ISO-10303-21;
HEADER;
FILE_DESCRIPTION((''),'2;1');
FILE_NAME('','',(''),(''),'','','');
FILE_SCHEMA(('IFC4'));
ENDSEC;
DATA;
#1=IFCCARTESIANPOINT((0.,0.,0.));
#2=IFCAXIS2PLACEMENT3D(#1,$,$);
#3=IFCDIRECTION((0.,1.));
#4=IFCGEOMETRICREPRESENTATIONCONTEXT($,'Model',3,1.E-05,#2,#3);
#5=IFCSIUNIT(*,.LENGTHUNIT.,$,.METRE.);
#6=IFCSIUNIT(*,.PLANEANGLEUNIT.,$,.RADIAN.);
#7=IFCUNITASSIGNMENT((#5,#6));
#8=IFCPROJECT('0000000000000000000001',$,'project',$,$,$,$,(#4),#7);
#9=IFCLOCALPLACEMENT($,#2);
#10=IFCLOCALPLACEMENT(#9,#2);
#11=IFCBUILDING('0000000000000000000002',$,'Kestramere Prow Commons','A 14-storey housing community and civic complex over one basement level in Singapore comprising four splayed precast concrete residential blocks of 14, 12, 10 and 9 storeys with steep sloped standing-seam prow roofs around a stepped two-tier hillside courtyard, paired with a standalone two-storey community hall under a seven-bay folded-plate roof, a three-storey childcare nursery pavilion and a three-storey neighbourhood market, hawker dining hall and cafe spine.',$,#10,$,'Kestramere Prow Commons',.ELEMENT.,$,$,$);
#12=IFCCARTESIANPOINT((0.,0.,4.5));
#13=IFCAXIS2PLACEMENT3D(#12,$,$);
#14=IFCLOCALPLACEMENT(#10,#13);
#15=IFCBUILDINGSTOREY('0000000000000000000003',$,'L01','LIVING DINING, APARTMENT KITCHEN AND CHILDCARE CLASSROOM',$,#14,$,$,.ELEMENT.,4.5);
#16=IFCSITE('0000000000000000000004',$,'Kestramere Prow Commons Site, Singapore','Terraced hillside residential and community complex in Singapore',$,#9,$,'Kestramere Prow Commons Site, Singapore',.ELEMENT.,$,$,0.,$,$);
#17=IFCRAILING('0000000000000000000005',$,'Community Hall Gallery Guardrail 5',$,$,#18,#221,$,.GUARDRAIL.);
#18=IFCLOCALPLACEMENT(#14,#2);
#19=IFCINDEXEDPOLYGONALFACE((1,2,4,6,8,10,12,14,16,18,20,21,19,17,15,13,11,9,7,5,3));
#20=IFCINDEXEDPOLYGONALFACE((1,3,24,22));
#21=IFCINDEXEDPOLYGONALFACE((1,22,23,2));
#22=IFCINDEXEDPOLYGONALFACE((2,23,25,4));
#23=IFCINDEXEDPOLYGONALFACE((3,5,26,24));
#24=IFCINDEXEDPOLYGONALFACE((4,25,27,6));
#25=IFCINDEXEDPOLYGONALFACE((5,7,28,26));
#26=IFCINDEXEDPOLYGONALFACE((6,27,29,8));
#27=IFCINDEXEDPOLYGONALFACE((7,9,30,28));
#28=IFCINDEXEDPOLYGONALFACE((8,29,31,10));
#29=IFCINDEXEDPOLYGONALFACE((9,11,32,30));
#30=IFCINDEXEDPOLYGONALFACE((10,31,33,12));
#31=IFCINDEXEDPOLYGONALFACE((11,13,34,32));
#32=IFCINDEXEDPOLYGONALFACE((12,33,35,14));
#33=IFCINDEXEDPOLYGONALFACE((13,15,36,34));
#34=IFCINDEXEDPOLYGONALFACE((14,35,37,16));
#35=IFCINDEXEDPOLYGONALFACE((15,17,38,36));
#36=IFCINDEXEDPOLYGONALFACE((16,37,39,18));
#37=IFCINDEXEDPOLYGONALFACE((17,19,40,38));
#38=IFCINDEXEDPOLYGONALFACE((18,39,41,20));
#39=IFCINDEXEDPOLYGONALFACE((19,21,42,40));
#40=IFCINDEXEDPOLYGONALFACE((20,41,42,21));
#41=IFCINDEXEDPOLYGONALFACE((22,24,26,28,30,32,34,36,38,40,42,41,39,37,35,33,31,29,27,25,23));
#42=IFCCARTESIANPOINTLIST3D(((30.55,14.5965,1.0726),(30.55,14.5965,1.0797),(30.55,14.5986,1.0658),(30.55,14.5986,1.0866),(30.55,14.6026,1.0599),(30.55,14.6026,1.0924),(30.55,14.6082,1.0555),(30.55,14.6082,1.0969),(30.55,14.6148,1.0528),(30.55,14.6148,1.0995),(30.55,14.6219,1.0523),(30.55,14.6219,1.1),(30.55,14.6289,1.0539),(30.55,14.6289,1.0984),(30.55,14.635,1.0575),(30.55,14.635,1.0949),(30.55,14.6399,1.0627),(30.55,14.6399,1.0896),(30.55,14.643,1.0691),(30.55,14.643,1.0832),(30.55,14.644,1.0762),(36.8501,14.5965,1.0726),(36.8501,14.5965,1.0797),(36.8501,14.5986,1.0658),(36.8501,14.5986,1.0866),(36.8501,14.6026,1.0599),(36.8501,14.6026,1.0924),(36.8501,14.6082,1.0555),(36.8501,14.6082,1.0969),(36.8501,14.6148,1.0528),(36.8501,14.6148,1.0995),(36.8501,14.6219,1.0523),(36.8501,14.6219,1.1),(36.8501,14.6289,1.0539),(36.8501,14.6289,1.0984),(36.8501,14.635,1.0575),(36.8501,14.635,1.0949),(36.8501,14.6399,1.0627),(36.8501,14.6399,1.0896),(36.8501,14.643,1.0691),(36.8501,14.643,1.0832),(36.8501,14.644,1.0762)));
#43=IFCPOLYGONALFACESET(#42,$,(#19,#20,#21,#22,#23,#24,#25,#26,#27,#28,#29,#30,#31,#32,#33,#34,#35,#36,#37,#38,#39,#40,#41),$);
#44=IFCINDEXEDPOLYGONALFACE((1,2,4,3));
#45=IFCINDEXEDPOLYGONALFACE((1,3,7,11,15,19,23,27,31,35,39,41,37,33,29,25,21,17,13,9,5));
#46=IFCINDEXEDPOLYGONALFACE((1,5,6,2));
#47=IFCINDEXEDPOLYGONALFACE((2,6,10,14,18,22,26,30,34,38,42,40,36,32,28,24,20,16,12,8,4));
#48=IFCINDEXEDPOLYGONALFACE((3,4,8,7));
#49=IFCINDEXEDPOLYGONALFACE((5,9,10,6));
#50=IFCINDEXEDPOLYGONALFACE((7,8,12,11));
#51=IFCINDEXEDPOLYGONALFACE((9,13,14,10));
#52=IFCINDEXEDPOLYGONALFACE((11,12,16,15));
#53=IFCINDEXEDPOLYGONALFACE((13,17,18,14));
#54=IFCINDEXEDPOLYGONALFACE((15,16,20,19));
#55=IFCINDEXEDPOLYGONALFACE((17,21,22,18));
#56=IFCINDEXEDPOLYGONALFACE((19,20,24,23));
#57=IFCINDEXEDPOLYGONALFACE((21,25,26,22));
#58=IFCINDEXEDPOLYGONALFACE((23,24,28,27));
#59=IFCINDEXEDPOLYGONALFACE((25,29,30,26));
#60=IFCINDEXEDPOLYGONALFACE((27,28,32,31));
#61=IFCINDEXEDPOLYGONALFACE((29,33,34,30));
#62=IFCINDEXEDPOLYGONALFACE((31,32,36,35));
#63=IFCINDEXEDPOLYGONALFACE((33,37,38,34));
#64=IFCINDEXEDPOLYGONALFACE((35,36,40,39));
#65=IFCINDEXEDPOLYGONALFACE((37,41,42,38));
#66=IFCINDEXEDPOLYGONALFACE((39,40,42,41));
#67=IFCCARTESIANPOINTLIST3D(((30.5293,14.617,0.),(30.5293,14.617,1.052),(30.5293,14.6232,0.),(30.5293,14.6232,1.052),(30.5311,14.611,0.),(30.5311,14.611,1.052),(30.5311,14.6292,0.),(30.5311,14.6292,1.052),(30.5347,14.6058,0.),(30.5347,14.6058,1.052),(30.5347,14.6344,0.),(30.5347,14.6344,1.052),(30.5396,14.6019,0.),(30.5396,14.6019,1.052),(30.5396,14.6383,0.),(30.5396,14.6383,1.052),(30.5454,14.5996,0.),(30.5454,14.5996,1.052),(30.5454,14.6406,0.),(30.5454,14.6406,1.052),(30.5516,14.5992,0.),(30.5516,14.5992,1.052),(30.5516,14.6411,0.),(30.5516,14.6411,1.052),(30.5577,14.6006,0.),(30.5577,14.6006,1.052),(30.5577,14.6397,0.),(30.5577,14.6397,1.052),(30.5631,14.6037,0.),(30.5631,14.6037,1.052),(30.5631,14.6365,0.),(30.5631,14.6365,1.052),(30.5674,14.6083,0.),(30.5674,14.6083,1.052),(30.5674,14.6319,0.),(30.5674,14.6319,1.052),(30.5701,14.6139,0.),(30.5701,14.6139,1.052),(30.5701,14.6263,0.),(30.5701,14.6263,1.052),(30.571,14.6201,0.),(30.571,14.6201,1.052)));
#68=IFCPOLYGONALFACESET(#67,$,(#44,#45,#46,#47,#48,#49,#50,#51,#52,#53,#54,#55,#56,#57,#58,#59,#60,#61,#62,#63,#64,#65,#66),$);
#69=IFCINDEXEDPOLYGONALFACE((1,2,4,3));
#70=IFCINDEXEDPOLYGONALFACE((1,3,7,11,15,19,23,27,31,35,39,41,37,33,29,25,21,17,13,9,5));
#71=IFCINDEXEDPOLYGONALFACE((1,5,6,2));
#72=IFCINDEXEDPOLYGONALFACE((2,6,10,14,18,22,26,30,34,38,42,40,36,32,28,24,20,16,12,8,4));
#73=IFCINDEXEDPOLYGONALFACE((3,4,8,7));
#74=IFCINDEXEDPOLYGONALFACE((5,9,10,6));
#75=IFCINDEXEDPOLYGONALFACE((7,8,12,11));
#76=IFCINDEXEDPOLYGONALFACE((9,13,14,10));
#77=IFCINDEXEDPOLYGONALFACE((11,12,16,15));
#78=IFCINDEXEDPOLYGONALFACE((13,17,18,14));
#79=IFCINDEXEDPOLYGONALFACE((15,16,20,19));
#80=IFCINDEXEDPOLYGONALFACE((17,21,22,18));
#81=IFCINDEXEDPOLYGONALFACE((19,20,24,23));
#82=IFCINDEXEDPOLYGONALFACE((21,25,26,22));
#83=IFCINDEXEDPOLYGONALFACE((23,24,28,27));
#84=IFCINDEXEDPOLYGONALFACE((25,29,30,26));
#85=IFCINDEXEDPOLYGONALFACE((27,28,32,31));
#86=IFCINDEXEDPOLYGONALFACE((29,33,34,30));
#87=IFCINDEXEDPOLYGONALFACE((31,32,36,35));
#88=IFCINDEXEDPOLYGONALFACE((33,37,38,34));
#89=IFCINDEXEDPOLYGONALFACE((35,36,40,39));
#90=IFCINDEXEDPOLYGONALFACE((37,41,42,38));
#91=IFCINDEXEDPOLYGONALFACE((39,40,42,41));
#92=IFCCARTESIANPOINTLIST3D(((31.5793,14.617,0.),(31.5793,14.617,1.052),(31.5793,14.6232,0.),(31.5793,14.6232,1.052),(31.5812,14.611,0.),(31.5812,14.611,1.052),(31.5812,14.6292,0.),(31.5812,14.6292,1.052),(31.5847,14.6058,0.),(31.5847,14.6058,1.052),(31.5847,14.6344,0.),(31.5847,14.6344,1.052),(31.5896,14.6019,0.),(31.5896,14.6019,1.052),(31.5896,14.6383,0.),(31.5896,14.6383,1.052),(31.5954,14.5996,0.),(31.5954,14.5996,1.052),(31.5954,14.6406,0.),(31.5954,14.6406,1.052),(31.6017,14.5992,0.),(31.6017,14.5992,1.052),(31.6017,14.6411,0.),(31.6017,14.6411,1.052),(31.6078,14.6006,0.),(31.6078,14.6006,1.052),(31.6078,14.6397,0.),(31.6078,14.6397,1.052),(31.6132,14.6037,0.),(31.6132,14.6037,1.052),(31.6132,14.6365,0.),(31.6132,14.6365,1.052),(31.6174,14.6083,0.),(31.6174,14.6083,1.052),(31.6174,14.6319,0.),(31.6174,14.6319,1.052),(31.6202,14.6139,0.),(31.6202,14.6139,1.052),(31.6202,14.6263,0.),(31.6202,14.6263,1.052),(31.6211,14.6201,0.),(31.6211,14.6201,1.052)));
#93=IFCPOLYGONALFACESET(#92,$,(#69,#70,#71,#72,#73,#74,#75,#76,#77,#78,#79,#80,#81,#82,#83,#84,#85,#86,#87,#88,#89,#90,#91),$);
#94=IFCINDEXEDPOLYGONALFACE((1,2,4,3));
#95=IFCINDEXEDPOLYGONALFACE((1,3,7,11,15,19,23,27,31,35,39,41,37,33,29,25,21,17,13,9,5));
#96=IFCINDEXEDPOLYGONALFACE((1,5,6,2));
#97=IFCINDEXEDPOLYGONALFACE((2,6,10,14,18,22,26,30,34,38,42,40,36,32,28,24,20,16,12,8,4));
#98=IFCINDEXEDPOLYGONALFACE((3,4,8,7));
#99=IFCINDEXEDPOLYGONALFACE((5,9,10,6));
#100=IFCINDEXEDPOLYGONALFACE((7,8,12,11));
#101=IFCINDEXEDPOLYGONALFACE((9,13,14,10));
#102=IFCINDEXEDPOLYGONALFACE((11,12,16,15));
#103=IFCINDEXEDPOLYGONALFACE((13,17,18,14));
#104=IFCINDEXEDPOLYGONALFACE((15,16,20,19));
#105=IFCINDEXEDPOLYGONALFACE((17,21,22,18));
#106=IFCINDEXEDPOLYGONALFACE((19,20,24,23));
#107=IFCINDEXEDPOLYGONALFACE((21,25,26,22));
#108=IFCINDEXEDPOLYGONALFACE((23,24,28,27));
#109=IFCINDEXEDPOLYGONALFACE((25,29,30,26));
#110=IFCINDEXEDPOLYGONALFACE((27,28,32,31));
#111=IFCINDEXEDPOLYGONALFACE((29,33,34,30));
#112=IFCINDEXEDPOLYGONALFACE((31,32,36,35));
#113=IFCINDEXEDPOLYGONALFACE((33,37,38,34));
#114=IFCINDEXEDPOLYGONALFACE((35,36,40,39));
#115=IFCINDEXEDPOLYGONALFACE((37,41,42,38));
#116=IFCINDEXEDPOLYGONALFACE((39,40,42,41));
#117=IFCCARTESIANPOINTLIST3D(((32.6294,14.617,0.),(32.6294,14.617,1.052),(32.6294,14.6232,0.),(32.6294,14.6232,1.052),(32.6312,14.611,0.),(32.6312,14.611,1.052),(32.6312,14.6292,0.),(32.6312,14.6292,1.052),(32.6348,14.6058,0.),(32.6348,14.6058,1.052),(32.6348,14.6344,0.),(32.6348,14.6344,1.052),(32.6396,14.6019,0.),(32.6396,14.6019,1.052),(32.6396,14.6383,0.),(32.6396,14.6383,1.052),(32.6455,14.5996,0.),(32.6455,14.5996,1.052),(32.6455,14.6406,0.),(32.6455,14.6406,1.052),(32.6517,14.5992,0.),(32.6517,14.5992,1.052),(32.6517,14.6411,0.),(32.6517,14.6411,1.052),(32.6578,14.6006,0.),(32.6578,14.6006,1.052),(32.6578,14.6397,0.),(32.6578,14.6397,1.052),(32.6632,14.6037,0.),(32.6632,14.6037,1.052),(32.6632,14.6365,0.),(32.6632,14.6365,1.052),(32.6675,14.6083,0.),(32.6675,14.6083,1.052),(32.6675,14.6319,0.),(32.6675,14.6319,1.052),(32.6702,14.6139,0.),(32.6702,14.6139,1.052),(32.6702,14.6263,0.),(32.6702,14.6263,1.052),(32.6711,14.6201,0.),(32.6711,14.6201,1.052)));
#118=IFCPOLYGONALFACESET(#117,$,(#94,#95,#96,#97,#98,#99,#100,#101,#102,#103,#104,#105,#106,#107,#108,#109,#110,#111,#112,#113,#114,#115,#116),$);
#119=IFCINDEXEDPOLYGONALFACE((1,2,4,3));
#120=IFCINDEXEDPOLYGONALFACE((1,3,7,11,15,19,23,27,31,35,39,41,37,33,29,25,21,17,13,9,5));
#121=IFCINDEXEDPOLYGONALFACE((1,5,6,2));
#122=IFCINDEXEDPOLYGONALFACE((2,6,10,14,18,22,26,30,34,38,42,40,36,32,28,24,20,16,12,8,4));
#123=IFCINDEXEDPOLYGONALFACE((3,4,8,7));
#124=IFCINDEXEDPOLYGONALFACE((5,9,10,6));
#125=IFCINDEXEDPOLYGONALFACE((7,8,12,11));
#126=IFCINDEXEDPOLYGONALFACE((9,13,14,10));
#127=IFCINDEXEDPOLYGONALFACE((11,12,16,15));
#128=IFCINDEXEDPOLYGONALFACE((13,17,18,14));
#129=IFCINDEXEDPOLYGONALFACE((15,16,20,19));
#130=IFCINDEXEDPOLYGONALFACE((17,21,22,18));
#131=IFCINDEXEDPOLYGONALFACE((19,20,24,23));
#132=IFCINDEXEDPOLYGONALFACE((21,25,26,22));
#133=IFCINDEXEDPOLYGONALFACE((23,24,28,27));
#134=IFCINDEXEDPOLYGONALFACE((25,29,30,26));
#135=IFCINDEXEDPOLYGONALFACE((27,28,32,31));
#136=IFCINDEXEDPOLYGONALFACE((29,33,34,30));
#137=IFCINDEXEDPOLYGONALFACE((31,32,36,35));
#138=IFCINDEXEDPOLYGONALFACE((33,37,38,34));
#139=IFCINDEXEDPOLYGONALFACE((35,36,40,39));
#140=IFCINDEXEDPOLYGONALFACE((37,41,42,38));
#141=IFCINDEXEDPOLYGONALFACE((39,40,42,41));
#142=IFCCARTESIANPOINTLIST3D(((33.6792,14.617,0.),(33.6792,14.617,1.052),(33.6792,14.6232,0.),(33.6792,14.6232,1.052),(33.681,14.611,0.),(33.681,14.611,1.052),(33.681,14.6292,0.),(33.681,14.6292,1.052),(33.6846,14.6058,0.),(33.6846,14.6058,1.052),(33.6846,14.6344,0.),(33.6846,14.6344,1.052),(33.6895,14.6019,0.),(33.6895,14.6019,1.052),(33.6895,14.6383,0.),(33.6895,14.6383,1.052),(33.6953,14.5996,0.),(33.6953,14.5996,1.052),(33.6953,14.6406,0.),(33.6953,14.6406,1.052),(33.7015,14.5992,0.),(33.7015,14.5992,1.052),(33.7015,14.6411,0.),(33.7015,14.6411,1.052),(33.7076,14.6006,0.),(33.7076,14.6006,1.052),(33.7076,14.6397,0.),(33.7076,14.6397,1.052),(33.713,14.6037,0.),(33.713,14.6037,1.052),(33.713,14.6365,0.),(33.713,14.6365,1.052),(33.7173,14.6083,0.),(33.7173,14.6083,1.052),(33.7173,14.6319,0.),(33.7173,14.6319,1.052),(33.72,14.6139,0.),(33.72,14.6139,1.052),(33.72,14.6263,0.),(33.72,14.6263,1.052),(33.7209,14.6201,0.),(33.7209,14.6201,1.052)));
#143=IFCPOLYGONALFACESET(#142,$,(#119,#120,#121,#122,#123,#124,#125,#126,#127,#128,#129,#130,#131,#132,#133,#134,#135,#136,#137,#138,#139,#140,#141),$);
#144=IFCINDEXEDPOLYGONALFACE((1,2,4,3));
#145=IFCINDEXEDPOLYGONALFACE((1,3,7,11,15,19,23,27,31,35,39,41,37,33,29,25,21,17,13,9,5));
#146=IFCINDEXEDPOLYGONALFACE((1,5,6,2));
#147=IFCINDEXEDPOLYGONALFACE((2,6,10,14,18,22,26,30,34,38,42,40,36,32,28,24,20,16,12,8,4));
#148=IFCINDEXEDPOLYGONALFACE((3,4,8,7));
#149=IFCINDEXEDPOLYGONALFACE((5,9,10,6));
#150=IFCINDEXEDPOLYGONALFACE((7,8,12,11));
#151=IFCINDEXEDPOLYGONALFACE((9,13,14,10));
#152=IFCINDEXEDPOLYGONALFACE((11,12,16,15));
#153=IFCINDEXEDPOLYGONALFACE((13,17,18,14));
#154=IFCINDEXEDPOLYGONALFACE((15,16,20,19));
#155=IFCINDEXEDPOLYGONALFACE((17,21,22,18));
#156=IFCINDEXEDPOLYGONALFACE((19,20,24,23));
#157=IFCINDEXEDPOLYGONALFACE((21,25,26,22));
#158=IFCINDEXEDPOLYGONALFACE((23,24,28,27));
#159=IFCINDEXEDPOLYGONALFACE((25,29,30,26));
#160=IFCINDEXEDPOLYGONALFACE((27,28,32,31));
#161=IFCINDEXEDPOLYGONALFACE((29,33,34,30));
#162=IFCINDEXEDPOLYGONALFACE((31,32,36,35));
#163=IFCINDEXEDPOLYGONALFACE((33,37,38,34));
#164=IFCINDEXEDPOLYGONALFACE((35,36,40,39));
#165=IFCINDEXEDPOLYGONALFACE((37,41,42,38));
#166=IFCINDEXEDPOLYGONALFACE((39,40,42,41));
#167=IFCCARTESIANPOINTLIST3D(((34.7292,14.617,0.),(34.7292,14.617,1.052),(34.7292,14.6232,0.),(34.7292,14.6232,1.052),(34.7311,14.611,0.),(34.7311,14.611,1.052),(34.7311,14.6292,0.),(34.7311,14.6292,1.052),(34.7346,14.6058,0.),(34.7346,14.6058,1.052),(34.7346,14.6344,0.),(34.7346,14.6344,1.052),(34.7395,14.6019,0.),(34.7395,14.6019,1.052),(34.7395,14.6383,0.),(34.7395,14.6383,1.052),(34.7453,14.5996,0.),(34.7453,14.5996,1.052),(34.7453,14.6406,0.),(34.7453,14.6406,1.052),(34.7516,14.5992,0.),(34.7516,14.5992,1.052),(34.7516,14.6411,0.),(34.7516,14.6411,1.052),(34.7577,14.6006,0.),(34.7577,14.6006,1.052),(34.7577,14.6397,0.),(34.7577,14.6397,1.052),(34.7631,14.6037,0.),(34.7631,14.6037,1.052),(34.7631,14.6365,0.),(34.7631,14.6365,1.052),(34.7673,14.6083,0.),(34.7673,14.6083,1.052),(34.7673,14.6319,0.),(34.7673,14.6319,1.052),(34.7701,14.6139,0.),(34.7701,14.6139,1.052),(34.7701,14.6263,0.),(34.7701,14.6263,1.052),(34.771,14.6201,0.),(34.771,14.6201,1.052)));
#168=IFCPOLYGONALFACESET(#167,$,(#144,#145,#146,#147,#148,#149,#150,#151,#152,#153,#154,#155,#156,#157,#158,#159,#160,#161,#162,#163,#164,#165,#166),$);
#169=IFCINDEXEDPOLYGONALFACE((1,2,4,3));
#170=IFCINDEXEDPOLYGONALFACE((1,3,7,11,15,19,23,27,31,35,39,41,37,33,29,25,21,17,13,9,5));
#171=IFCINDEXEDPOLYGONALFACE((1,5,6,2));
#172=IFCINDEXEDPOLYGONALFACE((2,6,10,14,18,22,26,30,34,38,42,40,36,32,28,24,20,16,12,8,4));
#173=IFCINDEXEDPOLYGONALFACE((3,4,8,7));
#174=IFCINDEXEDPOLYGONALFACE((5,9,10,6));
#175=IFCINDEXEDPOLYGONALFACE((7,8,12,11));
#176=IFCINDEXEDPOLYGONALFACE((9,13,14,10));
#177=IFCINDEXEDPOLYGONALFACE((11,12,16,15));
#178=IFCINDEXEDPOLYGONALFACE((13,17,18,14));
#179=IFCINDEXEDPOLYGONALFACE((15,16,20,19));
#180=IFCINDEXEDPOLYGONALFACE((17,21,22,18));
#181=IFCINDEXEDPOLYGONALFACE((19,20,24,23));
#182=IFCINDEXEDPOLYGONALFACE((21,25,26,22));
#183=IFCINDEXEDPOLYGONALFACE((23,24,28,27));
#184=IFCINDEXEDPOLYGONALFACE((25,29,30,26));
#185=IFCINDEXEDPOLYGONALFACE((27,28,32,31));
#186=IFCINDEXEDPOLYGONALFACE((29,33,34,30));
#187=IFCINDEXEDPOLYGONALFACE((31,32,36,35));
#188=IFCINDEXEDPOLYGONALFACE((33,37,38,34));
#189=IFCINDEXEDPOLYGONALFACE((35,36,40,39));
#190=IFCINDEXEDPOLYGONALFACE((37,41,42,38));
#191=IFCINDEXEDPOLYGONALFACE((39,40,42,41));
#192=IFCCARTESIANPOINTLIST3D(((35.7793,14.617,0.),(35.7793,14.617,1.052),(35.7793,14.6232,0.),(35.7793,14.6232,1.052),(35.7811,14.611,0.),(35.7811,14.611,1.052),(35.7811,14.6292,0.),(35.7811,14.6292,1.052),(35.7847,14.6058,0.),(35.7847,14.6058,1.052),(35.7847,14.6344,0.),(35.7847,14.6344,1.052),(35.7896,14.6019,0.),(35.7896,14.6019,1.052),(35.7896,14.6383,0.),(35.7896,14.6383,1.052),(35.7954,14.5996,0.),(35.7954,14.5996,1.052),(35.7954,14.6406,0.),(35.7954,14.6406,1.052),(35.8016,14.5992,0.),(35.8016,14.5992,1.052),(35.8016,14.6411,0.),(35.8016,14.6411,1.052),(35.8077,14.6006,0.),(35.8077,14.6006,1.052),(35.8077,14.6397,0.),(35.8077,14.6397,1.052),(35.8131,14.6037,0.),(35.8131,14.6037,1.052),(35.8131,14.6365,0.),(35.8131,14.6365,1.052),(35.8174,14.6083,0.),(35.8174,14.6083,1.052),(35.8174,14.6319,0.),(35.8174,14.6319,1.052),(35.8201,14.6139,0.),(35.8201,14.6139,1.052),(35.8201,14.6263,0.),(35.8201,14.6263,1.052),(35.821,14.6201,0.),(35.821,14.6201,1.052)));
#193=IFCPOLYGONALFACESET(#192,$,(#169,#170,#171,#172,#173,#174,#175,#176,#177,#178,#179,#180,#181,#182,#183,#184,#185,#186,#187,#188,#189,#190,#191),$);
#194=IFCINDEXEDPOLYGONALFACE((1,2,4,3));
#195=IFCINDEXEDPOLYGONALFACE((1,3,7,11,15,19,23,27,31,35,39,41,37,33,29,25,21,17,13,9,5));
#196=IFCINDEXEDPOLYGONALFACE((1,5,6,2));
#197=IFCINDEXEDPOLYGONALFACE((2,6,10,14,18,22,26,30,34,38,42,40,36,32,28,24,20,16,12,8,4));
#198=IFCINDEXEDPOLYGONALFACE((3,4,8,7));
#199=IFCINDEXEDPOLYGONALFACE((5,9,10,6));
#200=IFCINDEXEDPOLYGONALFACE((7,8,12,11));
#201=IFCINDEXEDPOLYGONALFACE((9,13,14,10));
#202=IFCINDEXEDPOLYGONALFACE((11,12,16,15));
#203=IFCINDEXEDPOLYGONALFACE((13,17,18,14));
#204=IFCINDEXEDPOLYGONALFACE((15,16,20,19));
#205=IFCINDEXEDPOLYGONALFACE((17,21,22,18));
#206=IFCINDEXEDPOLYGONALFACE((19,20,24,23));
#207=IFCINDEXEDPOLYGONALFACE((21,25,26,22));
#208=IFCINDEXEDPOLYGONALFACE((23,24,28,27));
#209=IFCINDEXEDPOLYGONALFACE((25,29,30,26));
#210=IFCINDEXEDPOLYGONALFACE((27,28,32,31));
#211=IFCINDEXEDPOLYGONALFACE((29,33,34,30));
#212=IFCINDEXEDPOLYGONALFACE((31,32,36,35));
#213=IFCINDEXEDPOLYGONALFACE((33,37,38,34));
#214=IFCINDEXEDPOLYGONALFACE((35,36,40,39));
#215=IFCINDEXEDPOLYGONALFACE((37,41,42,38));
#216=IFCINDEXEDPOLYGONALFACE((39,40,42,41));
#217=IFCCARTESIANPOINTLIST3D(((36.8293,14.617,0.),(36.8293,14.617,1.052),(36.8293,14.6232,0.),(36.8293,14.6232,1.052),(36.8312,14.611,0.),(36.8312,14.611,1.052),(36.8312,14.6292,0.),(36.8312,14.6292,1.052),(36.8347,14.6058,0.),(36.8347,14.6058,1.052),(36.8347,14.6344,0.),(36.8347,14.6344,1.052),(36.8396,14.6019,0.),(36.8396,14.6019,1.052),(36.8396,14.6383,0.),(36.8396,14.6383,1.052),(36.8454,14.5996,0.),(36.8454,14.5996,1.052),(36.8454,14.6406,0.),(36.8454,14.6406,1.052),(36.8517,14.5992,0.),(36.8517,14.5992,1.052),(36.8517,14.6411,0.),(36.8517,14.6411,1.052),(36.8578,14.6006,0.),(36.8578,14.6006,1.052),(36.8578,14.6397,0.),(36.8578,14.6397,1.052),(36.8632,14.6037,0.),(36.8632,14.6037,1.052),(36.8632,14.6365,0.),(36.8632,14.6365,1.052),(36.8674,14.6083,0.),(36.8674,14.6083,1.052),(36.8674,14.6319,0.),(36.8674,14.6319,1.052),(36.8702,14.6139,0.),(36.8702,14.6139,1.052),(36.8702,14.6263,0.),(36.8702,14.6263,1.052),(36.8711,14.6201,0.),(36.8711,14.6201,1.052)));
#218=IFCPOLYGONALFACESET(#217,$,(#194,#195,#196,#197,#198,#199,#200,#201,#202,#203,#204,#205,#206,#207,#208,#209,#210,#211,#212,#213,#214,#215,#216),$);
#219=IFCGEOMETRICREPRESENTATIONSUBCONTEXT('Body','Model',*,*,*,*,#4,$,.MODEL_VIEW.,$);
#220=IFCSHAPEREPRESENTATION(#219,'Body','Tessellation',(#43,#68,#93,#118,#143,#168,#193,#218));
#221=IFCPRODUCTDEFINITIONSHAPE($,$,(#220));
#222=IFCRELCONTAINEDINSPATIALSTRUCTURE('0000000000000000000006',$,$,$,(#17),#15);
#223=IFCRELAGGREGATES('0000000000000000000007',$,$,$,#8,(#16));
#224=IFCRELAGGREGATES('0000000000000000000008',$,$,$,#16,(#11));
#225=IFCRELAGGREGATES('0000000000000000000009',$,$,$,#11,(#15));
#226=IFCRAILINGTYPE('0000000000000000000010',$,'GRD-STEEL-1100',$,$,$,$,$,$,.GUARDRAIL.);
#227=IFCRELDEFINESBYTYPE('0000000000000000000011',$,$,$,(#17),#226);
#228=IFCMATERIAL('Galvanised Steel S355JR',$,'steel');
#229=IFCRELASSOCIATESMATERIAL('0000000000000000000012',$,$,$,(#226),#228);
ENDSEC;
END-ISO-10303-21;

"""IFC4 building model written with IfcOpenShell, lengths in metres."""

from ifc_helpers import new_model, si_unit, direction, frame, origin, origin_2d, place, context, subcontext, project, spatial, circle, extrude, material, type_object, element, save


model = new_model("IFC4")

# Units and contexts
model_context = context("Model", 3, precision=1e-05, world=origin(), true_north=direction((0.0, 1.0)))
body_context = subcontext(model_context, "Body", "Model", "MODEL_VIEW")
ifc_project = project(units=[si_unit("LENGTHUNIT", "METRE"), si_unit("PLANEANGLEUNIT", "RADIAN")], contexts=[model_context])

# Site, building, storey
site_placement = place(None, origin())
site = spatial("IfcSite", under=ifc_project, at=site_placement, Name="Kestramere Prow Commons Site, Singapore", Description="Terraced hillside residential and community complex in Singapore", LongName="Kestramere Prow Commons Site, Singapore", CompositionType="ELEMENT", RefElevation=0.0)
building_placement = place(site_placement, origin())
building = spatial("IfcBuilding", under=site, at=building_placement, Name="Kestramere Prow Commons", Description="A 14-storey housing community and civic complex over one basement level in Singapore comprising four splayed precast concrete residential blocks of 14, 12, 10 and 9 storeys with steep sloped standing-seam prow roofs around a stepped two-tier hillside courtyard, paired with a standalone two-storey community hall under a seven-bay folded-plate roof, a three-storey childcare nursery pavilion and a three-storey neighbourhood market, hawker dining hall and cafe spine.", LongName="Kestramere Prow Commons", CompositionType="ELEMENT")
storey_placement = place(building_placement, frame((0.0, 0.0, 4.5)))
storey = spatial("IfcBuildingStorey", under=building, at=storey_placement, Name="L01", Description="LIVING DINING, APARTMENT KITCHEN AND CHILDCARE CLASSROOM", CompositionType="ELEMENT", Elevation=4.5)

# Railing
ifc_material_1 = material(Name="Galvanised Steel S355JR", Category="steel")
railing_type = type_object("IfcRailingType", Name="GRD-STEEL-1100", PredefinedType="GUARDRAIL", material=ifc_material_1)
for number, where, name in (
    (1, (30.55, 14.6201, 0.0), "Community Hall Gallery Guardrail 5"),
):
    element("IfcRailing", number, at=place(storey_placement, frame(where)), inside=storey, type_object=railing_type, Name=name, PredefinedType="GUARDRAIL", context=body_context, shape_type="SweptSolid", body=[
        extrude(circle(Radius=0.0239, at=origin_2d()), frame((0.0, 0.0, 1.0762), z_axis=(1.0, 0.0, 0.0), x_axis=(0.0, 1.0, 0.0)), (0.0, 0.0, 1.0), 6.3),
        extrude(circle(Radius=0.021, at=origin_2d()), origin(), (0.0, 0.0, 1.0), 1.052),
        extrude(circle(Radius=0.021, at=origin_2d()), frame((1.05, 0.0, 0.0)), (0.0, 0.0, 1.0), 1.052),
        extrude(circle(Radius=0.021, at=origin_2d()), frame((2.1001, 0.0, 0.0)), (0.0, 0.0, 1.0), 1.052),
        extrude(circle(Radius=0.021, at=origin_2d()), frame((3.1499, 0.0, 0.0)), (0.0, 0.0, 1.0), 1.052),
        extrude(circle(Radius=0.021, at=origin_2d()), frame((4.2, 0.0, 0.0)), (0.0, 0.0, 1.0), 1.052),
        extrude(circle(Radius=0.021, at=origin_2d()), frame((5.25, 0.0, 0.0)), (0.0, 0.0, 1.0), 1.052),
        extrude(circle(Radius=0.021, at=origin_2d()), frame((6.3, 0.0, 0.0)), (0.0, 0.0, 1.0), 1.052),
    ])

save(model, "model.ifc")
